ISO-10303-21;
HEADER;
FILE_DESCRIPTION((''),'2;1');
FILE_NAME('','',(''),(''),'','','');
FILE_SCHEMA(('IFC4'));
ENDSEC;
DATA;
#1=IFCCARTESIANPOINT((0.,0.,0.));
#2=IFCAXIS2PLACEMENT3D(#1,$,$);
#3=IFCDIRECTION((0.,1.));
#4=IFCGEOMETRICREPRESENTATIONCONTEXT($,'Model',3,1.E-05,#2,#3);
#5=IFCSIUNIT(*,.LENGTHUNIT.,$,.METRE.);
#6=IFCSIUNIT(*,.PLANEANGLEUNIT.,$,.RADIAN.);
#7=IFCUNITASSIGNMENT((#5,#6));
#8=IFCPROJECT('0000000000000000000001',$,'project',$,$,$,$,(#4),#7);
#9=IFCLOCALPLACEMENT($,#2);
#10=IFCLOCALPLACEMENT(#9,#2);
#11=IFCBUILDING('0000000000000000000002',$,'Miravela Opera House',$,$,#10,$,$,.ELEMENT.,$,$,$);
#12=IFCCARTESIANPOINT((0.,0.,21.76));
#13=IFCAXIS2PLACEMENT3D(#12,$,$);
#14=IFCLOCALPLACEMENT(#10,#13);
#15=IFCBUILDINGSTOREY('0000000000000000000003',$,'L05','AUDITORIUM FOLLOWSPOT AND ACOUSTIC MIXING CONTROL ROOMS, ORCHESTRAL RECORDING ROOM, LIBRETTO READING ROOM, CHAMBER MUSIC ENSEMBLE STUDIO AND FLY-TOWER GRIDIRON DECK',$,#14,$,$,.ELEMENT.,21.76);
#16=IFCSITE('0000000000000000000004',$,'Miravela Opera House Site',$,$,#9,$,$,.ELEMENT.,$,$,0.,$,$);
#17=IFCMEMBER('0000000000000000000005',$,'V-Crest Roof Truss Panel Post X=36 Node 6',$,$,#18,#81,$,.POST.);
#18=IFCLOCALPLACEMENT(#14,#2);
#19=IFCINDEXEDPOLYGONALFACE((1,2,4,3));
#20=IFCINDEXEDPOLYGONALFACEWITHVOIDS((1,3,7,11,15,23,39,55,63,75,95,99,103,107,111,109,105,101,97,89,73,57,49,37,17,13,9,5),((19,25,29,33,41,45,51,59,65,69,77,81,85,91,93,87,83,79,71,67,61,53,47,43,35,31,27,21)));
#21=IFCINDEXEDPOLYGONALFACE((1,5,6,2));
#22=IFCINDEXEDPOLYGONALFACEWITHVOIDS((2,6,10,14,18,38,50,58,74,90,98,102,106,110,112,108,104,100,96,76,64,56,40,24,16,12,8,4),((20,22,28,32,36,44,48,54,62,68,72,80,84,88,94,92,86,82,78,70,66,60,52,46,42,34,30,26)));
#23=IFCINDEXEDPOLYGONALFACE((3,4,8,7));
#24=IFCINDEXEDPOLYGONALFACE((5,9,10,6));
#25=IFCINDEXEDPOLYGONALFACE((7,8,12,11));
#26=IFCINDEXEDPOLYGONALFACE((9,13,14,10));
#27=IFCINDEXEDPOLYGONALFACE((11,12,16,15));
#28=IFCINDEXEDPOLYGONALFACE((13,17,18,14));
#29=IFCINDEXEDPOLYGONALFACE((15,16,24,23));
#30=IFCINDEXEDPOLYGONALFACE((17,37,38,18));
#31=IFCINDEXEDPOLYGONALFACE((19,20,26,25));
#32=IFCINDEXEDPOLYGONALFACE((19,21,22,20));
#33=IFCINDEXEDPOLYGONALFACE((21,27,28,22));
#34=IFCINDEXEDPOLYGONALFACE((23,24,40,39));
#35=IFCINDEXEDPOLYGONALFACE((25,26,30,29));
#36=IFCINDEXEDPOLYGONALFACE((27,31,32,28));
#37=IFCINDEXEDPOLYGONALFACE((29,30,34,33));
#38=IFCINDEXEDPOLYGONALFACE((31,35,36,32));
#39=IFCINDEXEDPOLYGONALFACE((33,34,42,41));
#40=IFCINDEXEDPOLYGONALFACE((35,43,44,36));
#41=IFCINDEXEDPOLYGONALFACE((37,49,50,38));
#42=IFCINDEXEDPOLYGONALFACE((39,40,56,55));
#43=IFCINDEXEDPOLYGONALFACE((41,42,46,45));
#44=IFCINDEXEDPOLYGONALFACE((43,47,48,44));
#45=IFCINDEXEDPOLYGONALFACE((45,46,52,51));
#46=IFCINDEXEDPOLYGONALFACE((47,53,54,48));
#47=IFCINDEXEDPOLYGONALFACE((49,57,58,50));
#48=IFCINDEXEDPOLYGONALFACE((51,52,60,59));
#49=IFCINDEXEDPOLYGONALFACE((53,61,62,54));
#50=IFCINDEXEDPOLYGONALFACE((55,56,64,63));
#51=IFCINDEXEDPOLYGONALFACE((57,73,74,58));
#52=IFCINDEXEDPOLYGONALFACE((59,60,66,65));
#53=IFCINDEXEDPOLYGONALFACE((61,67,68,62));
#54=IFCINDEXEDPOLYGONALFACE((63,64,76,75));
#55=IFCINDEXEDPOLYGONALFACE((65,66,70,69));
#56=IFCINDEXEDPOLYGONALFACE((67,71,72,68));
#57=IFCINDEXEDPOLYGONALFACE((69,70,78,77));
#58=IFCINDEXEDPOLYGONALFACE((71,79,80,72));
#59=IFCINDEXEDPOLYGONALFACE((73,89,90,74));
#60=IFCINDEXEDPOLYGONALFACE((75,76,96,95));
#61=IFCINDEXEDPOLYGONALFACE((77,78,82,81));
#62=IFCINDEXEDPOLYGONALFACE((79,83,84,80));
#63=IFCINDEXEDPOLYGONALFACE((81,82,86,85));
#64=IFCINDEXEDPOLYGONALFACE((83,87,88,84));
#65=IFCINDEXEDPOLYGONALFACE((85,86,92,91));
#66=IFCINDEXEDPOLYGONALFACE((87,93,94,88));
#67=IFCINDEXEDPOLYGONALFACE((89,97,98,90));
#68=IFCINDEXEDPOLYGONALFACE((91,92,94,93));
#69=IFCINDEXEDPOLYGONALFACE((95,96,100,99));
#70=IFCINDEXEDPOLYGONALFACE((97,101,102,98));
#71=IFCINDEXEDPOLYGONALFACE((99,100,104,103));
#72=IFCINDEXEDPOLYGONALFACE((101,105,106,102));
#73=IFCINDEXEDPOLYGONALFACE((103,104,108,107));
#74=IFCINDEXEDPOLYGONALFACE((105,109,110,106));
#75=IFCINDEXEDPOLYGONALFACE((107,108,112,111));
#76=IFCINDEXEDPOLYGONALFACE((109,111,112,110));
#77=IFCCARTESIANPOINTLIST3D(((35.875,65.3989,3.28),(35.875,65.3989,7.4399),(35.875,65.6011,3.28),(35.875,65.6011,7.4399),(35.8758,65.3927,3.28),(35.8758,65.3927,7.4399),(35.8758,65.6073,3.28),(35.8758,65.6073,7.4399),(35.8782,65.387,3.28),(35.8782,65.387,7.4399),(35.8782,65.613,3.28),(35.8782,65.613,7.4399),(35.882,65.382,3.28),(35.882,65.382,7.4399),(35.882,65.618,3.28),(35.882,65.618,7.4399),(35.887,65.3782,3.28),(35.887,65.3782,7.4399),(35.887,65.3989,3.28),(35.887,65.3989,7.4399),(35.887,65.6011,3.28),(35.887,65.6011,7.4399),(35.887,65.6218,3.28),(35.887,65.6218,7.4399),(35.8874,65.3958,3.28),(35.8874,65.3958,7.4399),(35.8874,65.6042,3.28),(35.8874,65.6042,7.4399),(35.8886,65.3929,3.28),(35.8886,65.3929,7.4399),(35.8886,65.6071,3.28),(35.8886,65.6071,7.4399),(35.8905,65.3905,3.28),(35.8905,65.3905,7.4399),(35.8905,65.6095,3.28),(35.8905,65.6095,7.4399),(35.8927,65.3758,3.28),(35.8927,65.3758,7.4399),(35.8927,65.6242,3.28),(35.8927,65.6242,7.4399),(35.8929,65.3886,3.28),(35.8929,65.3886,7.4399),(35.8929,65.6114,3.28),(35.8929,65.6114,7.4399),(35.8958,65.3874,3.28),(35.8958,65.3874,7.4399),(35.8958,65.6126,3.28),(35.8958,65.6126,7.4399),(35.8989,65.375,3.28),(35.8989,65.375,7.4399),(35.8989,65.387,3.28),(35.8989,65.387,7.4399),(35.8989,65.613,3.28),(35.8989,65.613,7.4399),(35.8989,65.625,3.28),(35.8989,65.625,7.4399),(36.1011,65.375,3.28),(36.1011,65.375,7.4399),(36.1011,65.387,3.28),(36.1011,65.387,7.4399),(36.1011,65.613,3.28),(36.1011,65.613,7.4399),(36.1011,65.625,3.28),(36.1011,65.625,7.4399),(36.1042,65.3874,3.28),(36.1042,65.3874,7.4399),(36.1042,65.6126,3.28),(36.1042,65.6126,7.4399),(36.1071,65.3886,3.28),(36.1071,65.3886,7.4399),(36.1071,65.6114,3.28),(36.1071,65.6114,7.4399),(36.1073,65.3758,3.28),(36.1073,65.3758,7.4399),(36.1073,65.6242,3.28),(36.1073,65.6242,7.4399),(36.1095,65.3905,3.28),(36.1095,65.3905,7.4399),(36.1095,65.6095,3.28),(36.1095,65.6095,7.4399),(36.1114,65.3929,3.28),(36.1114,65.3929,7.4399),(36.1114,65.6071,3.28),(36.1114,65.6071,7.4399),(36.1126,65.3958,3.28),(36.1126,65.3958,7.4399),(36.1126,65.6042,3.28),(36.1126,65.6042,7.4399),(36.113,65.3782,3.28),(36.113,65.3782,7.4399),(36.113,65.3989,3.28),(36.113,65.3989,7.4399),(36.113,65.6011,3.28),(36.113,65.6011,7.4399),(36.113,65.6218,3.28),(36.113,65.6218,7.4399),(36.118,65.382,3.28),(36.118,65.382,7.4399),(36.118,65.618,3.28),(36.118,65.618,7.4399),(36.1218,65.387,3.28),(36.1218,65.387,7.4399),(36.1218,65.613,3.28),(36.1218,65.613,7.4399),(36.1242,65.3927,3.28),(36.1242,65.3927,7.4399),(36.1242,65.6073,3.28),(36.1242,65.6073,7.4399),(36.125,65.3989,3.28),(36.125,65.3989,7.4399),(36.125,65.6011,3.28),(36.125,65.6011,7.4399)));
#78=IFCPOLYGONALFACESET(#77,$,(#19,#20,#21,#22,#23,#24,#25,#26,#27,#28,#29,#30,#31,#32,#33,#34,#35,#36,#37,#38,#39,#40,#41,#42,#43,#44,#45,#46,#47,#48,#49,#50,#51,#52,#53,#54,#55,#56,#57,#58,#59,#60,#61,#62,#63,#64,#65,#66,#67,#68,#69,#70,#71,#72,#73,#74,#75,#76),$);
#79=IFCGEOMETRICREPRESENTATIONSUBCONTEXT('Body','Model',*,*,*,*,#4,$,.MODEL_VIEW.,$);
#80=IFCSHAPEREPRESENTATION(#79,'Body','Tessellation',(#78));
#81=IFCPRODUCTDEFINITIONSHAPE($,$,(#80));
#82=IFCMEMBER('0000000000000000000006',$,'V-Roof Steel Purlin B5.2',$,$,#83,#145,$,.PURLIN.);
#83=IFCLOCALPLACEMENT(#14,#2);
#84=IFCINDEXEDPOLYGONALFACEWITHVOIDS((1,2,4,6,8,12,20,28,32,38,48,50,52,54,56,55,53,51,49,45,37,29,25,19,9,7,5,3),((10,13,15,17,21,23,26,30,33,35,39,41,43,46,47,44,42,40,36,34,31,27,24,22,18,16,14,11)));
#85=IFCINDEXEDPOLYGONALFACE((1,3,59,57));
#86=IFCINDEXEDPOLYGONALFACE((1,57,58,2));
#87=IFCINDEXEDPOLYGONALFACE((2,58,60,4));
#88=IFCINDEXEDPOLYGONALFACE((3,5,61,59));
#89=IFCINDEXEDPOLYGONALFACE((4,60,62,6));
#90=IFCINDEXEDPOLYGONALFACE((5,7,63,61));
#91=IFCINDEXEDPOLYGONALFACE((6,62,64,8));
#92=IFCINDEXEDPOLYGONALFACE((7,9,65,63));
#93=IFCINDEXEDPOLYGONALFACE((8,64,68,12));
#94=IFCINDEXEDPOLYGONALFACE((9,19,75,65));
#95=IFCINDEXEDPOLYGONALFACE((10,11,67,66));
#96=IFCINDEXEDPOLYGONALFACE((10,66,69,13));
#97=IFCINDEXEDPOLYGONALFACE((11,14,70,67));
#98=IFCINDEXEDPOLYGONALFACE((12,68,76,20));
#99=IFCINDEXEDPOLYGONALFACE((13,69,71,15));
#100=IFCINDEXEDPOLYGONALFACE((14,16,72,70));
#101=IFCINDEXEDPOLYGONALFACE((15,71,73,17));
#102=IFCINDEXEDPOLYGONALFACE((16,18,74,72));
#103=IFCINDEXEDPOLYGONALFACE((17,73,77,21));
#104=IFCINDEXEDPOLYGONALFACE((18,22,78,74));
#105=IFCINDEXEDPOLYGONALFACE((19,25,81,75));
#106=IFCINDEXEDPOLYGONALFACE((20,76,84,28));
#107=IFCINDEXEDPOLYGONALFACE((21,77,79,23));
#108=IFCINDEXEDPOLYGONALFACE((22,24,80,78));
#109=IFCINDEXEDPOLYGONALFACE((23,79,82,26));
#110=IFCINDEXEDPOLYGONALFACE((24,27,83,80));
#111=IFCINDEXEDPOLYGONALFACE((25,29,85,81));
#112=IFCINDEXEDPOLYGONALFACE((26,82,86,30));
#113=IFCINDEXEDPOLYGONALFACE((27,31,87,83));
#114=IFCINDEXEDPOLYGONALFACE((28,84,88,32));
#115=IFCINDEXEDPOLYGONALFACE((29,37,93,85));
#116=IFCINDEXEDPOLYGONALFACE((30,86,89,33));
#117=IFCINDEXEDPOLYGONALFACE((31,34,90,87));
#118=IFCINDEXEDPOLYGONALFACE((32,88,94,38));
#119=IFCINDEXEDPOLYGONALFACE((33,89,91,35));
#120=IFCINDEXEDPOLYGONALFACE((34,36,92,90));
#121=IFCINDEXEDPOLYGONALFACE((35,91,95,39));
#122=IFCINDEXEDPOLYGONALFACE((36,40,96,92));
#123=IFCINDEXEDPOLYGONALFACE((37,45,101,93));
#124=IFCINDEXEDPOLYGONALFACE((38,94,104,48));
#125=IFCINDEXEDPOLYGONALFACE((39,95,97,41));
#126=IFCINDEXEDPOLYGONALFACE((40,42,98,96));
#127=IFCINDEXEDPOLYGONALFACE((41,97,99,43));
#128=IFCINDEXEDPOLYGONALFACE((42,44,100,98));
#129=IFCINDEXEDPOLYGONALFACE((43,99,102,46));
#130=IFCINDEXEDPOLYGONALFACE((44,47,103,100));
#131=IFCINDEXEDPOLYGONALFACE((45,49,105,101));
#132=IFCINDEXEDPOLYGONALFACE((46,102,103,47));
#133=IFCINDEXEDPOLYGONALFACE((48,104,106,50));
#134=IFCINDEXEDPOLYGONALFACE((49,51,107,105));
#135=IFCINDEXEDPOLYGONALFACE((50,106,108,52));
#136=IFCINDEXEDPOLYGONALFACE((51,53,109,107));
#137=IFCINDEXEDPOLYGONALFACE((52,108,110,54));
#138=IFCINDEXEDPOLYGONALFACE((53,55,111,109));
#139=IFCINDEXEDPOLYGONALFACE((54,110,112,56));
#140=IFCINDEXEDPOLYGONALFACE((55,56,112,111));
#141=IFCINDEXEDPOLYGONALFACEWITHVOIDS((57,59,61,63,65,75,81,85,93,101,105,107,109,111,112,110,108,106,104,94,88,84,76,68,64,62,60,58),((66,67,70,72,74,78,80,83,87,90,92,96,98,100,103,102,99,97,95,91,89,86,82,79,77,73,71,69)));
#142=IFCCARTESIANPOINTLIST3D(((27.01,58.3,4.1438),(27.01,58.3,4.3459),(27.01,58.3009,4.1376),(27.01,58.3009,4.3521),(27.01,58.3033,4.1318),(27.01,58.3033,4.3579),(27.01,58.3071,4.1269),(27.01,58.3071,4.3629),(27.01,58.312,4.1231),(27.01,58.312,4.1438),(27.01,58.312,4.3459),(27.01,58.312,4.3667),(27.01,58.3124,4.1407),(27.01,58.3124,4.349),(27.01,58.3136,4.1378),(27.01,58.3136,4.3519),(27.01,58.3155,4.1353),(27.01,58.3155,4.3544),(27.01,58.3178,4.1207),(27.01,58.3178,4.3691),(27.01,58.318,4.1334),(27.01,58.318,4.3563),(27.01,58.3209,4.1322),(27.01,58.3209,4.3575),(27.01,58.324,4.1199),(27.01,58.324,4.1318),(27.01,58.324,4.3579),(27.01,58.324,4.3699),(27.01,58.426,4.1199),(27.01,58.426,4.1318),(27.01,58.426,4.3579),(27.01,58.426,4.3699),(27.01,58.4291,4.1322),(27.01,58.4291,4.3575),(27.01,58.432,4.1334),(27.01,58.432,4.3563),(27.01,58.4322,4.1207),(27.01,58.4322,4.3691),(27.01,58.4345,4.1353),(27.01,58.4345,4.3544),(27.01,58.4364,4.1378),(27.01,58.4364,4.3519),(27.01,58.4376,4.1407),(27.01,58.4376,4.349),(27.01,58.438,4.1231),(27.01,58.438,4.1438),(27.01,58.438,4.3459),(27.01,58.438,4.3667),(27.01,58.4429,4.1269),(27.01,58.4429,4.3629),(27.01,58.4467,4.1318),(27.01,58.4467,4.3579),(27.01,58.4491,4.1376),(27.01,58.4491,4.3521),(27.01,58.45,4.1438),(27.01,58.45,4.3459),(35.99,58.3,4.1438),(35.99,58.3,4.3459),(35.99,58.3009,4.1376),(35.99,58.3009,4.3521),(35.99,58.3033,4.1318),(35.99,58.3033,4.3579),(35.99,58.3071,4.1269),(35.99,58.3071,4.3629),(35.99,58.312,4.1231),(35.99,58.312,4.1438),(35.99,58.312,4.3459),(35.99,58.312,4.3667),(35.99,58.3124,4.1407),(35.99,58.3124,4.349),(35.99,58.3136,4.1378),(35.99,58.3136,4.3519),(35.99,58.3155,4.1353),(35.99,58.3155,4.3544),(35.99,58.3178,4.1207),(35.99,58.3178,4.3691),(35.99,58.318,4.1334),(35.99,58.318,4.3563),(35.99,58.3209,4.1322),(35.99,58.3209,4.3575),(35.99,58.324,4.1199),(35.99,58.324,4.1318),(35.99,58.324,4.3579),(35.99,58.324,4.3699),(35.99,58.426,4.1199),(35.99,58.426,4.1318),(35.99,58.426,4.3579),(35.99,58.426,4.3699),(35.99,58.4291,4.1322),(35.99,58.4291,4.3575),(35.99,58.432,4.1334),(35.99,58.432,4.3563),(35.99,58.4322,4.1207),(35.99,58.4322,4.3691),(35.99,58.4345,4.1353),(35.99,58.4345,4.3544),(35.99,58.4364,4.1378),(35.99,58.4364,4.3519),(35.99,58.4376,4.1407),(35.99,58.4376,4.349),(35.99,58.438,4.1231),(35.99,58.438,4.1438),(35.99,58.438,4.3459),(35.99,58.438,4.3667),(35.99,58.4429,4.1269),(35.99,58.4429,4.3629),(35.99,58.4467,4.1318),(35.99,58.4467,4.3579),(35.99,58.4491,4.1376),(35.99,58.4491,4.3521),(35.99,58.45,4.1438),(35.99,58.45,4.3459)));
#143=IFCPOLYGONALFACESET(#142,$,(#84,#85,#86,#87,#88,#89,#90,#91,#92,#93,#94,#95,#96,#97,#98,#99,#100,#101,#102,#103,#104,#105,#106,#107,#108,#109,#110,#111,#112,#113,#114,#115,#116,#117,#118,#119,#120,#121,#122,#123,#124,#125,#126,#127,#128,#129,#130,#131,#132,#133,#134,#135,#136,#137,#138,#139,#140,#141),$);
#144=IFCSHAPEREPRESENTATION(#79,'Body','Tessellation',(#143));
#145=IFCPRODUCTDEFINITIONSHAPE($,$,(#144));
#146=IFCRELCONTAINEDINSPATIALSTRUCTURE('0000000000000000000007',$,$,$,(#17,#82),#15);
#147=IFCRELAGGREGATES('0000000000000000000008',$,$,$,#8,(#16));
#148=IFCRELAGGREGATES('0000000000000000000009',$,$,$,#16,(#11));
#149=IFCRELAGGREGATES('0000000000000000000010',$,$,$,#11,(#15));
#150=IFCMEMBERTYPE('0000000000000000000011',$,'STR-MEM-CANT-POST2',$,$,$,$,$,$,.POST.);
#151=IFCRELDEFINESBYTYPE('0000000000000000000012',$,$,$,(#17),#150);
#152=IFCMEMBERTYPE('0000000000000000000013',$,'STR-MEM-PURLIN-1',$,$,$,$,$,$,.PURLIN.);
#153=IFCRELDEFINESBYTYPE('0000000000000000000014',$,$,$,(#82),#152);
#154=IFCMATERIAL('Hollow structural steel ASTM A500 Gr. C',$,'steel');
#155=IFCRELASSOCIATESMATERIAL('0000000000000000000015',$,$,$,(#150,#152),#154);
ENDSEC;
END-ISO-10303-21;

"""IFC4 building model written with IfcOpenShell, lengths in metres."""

from ifc_helpers import new_model, si_unit, direction, frame, origin, origin_2d, place, context, subcontext, project, spatial, hollow_rectangle, extrude, material, material_profile, profile_set, type_object, element, save


model = new_model("IFC4")

# Units and contexts
model_context = context("Model", 3, precision=1e-05, world=origin(), true_north=direction((0.0, 1.0)))
body_context = subcontext(model_context, "Body", "Model", "MODEL_VIEW")
ifc_project = project(units=[si_unit("LENGTHUNIT", "METRE"), si_unit("PLANEANGLEUNIT", "RADIAN")], contexts=[model_context])

# Site, building, storey
site_placement = place(None, origin())
site = spatial("IfcSite", under=ifc_project, at=site_placement, Name="Miravela Opera House Site", CompositionType="ELEMENT", RefElevation=0.0)
building_placement = place(site_placement, origin())
building = spatial("IfcBuilding", under=site, at=building_placement, Name="Miravela Opera House", CompositionType="ELEMENT")
storey_placement = place(building_placement, frame((0.0, 0.0, 21.76)))
storey = spatial("IfcBuildingStorey", under=building, at=storey_placement, Name="L05", Description="AUDITORIUM FOLLOWSPOT AND ACOUSTIC MIXING CONTROL ROOMS, ORCHESTRAL RECORDING ROOM, LIBRETTO READING ROOM, CHAMBER MUSIC ENSEMBLE STUDIO AND FLY-TOWER GRIDIRON DECK", CompositionType="ELEMENT", Elevation=21.76)

# Members
ifc_material_1 = material(Name="Hollow structural steel ASTM A500 Gr. C", Category="steel")
ifc_material_profile_1 = material_profile(ifc_material_1, hollow_rectangle(XDim=0.25, YDim=0.25, WallThickness=0.012, InnerFilletRadius=0.012, OuterFilletRadius=0.0239, at=origin_2d()), Name="HSS250X250X12")
ifc_profile_set_1 = profile_set([ifc_material_profile_1])
member_type_1 = type_object("IfcMemberType", Name="STR-MEM-CANT-POST2", PredefinedType="POST", material=ifc_profile_set_1)
member_1_placement = place(storey_placement, frame((36.0, 65.5, 3.28), z_axis=(0.0, 0.0, 1.0), x_axis=(1.0, 0.0, 0.0)))
element("IfcMember", 1, at=member_1_placement, inside=storey, type_object=member_type_1, Name="V-Crest Roof Truss Panel Post X=36 Node 6", PredefinedType="POST", context=body_context, shape_type="SweptSolid", body=[
    extrude(hollow_rectangle(XDim=0.25, YDim=0.25, WallThickness=0.012, InnerFilletRadius=0.012, OuterFilletRadius=0.0239, at=origin_2d()), origin(), (0.0, 0.0, 1.0), 4.1599),
])
ifc_material_profile_2 = material_profile(ifc_material_1, hollow_rectangle(XDim=0.1499, YDim=0.25, WallThickness=0.012, InnerFilletRadius=0.012, OuterFilletRadius=0.0239, at=origin_2d()), Name="HSS250X150X12")
ifc_profile_set_2 = profile_set([ifc_material_profile_2])
member_type_2 = type_object("IfcMemberType", Name="STR-MEM-PURLIN-1", PredefinedType="PURLIN", material=ifc_profile_set_2)
for number, where, z_axis, x_axis, name in (
    (2, (27.01, 58.375, 4.2449), (1.0, 0.0, 0.0), (0.0, 1.0, 0.0), "V-Roof Steel Purlin B5.2"),
):
    element("IfcMember", number, at=place(storey_placement, frame(where, z_axis=z_axis, x_axis=x_axis)), inside=storey, type_object=member_type_2, Name=name, PredefinedType="PURLIN", context=body_context, shape_type="SweptSolid", body=[
        extrude(hollow_rectangle(XDim=0.1499, YDim=0.25, WallThickness=0.012, InnerFilletRadius=0.012, OuterFilletRadius=0.0239, at=origin_2d()), origin(), (0.0, 0.0, 1.0), 8.98),
    ])

save(model, "model.ifc")
